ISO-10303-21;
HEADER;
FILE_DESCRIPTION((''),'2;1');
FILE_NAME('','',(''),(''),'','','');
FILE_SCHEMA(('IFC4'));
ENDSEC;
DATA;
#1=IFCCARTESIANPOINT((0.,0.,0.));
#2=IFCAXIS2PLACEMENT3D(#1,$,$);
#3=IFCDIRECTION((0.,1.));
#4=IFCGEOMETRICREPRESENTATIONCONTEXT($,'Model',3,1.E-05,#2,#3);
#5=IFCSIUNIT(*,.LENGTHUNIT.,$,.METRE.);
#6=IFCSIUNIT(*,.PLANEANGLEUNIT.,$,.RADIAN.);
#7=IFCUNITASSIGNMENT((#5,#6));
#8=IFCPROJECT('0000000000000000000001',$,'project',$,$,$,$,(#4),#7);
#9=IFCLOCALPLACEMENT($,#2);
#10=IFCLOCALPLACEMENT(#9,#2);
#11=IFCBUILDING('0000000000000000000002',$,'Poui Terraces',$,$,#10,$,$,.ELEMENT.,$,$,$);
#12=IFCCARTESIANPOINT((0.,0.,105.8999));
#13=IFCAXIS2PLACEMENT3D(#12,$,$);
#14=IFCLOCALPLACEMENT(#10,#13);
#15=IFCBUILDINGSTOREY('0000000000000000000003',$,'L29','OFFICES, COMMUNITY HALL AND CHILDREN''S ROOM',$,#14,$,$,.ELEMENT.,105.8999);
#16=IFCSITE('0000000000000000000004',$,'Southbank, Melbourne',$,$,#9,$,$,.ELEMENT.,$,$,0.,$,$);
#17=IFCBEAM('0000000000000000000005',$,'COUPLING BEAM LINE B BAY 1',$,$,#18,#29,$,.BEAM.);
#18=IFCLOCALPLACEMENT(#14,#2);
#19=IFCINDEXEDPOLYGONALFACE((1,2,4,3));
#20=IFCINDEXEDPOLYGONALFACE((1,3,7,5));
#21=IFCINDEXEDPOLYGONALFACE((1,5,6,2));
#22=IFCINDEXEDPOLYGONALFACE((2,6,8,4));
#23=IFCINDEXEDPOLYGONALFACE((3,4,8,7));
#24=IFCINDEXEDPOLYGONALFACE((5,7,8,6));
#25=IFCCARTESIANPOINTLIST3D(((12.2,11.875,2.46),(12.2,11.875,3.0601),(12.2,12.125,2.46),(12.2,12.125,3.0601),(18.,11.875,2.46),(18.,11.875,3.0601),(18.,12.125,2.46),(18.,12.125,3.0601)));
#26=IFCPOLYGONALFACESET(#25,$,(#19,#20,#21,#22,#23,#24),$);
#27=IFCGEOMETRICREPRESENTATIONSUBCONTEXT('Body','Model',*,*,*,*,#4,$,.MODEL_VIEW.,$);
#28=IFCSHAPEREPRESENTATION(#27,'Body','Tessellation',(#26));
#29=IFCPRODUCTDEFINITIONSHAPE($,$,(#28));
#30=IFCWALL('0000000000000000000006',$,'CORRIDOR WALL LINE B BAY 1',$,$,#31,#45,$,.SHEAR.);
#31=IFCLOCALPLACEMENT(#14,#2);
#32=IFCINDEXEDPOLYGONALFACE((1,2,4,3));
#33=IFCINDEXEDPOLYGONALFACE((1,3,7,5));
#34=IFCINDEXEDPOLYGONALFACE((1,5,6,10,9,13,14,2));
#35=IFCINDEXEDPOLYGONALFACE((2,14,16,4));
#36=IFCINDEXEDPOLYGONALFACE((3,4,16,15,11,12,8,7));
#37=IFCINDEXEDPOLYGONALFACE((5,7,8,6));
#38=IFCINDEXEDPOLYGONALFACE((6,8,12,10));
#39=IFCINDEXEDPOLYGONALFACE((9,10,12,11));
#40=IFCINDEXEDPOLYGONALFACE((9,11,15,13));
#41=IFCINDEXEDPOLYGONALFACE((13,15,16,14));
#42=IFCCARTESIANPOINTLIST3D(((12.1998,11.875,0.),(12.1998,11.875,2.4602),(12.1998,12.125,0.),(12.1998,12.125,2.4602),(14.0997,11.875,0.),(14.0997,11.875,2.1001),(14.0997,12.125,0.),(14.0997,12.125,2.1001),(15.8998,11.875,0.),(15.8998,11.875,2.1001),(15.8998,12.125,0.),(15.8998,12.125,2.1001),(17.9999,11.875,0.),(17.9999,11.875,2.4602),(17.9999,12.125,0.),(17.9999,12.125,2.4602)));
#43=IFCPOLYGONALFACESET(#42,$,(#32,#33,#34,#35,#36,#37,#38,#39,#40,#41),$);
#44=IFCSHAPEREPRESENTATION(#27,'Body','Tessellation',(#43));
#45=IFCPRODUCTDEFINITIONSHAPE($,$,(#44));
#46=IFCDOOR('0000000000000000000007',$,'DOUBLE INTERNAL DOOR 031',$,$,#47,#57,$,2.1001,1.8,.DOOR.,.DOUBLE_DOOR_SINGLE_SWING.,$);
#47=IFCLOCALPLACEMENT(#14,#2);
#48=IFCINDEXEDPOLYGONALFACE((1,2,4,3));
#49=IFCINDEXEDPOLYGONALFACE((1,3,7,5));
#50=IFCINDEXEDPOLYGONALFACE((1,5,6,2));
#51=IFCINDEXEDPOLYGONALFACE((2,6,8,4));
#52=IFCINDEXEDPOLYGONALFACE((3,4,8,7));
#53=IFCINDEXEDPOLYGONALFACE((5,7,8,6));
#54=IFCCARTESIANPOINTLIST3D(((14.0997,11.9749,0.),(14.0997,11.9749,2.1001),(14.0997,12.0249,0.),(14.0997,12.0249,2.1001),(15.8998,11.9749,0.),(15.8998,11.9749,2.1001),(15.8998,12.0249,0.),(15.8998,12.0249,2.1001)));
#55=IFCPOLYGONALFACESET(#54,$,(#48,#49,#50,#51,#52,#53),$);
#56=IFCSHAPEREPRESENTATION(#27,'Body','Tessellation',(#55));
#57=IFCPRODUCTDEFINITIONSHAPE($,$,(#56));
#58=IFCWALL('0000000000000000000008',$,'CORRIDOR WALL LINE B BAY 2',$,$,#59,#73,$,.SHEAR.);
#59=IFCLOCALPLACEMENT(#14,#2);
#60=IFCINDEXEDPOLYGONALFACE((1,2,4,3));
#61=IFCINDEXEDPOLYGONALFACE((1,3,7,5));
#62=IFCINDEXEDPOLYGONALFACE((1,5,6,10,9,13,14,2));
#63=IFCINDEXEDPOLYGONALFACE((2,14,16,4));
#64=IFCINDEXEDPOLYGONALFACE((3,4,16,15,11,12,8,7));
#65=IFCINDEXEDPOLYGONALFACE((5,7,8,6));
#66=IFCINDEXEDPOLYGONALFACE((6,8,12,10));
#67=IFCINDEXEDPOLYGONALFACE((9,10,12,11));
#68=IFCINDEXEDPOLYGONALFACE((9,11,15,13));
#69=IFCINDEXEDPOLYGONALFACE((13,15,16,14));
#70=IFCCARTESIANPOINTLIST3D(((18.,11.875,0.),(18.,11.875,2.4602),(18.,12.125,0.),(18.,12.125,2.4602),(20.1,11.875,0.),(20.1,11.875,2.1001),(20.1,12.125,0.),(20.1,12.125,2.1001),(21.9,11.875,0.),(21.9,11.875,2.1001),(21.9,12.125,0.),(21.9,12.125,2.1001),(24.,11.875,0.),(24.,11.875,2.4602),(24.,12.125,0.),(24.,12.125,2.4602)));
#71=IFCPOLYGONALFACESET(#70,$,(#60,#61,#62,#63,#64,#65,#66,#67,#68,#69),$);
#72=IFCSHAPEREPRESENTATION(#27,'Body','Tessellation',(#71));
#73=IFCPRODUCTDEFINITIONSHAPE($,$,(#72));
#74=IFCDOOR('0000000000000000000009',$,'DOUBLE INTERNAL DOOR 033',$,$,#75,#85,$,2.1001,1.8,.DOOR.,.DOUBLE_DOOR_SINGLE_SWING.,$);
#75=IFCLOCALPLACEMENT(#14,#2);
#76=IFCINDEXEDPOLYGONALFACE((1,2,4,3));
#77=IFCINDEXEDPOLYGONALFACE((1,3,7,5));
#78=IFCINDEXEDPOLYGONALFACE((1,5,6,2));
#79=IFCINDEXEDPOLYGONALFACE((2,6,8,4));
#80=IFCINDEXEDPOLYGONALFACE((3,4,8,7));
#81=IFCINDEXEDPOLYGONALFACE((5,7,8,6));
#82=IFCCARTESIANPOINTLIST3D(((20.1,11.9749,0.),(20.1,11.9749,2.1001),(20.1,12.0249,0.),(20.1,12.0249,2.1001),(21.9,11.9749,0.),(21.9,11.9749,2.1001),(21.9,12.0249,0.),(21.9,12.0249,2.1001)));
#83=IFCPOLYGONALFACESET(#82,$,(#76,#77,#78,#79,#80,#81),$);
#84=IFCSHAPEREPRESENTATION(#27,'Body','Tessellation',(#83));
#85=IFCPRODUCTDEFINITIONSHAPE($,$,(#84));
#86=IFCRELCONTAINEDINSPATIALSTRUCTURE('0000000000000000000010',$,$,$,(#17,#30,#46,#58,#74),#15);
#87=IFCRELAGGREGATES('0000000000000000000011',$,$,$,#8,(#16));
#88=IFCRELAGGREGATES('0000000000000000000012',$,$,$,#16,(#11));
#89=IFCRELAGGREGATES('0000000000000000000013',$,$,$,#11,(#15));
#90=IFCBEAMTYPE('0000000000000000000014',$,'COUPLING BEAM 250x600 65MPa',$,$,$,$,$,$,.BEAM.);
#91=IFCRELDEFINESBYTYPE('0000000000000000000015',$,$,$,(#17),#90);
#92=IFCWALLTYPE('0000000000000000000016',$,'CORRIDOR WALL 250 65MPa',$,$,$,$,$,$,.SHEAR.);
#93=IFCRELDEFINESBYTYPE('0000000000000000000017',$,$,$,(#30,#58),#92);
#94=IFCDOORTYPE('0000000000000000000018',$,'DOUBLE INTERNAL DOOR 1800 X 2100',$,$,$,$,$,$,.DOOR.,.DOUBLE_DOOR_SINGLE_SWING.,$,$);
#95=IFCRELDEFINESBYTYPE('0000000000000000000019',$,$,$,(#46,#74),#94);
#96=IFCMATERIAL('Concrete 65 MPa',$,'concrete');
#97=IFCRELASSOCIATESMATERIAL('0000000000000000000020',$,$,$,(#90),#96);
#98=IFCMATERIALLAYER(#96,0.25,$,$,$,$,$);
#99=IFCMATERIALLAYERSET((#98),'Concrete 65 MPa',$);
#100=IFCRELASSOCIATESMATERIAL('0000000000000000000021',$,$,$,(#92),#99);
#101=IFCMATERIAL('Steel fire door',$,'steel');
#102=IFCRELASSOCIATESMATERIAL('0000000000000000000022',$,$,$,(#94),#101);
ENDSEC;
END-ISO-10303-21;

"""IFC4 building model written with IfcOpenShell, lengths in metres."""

from ifc_helpers import new_model, si_unit, direction, frame, frame_2d, origin, origin_2d, place, context, subcontext, project, spatial, rectangle, extrude, source, transform, mapped, material, layer, layer_set, material_profile, profile_set, type_object, element, fill, save


model = new_model("IFC4")

# Units and contexts
model_context = context("Model", 3, precision=1e-05, world=origin(), true_north=direction((0.0, 1.0)))
body_context = subcontext(model_context, "Body", "Model", "MODEL_VIEW")
ifc_project = project(units=[si_unit("LENGTHUNIT", "METRE"), si_unit("PLANEANGLEUNIT", "RADIAN")], contexts=[model_context])

# Site, building, storey
site_placement = place(None, origin())
site = spatial("IfcSite", under=ifc_project, at=site_placement, Name="Southbank, Melbourne", CompositionType="ELEMENT", RefElevation=0.0)
building_placement = place(site_placement, origin())
building = spatial("IfcBuilding", under=site, at=building_placement, Name="Poui Terraces", CompositionType="ELEMENT")
storey_placement = place(building_placement, frame((0.0, 0.0, 105.8999)))
storey = spatial("IfcBuildingStorey", under=building, at=storey_placement, Name="L29", Description="OFFICES, COMMUNITY HALL AND CHILDREN'S ROOM", CompositionType="ELEMENT", Elevation=105.8999)

# Beam
ifc_material_1 = material(Name="Concrete 65 MPa", Category="concrete")
ifc_material_profile = material_profile(ifc_material_1, rectangle(XDim=0.25, YDim=0.6001, at=origin_2d()), Name="RC 250x600")
ifc_profile_set = profile_set([ifc_material_profile], Name="Concrete 65 MPa")
beam_type = type_object("IfcBeamType", Name="COUPLING BEAM 250x600 65MPa", PredefinedType="BEAM", material=ifc_profile_set)
shared_shape = source(origin(), body_context, "Body", "SweptSolid", [
    extrude(rectangle(XDim=0.25, YDim=0.6001, at=origin_2d()), origin(), (0.0, 0.0, 1.0), 5.8),
])
beam_placement = place(storey_placement, frame((12.2, 12.0, 2.76), z_axis=(1.0, 0.0, 0.0), x_axis=(0.0, 1.0, 0.0)))
element("IfcBeam", 1, at=beam_placement, inside=storey, type_object=beam_type, Name="COUPLING BEAM LINE B BAY 1", PredefinedType="BEAM", context=body_context, shape_type="MappedRepresentation", body=[
    mapped(shared_shape, transform((0.0, 0.0, 0.0))),
])

# Walls, openings, doors
ifc_layer_1 = layer(ifc_material_1, 0.25)
ifc_layer_set_1 = layer_set([ifc_layer_1], Name="Concrete 65 MPa")
wall_type_1 = type_object("IfcWallType", Name="CORRIDOR WALL 250 65MPa", PredefinedType="SHEAR", material=ifc_layer_set_1)
wall_1_placement = place(storey_placement, frame((12.2, 12.0, 0.0), z_axis=(0.0, 0.0, 1.0), x_axis=(1.0, 0.0, 0.0)))
wall_1 = element("IfcWall", 2, at=wall_1_placement, inside=storey, type_object=wall_type_1, Name="CORRIDOR WALL LINE B BAY 1", PredefinedType="SHEAR", context=body_context, shape_type="SweptSolid", body=[
    extrude(rectangle(XDim=5.8, YDim=0.25, at=frame_2d((2.8999, 0.0))), origin(), (0.0, 0.0, 1.0), 2.4602),
])
opening_1_placement = place(wall_1_placement, frame((1.8999, 0.0, 0.0)))
opening_1 = element("IfcOpeningElement", 3, at=opening_1_placement, cuts=wall_1, PredefinedType="OPENING", context=body_context, shape_type="SweptSolid", body=[
    extrude(rectangle(XDim=1.8, YDim=2.1001, at=frame_2d((0.8999, 1.05))), frame((0.0, 0.135, 0.0), z_axis=(0.0, -1.0, 0.0), x_axis=(1.0, 0.0, 0.0)), (0.0, 0.0, 1.0), 0.27),
])
ifc_material_2 = material(Name="Steel fire door", Category="steel")
door_type_1 = type_object("IfcDoorType", Name="DOUBLE INTERNAL DOOR 1800 X 2100", OperationType="DOUBLE_DOOR_SINGLE_SWING", PredefinedType="DOOR", material=ifc_material_2)
door_1_placement = place(opening_1_placement, origin())
door_1 = element("IfcDoor", 4, at=door_1_placement, inside=storey, type_object=door_type_1, Name="DOUBLE INTERNAL DOOR 031", OperationType="DOUBLE_DOOR_SINGLE_SWING", OverallHeight=2.1001, OverallWidth=1.8, PredefinedType="DOOR", context=body_context, shape_type="SweptSolid", body=[
    extrude(rectangle(XDim=1.8, YDim=2.1001, at=frame_2d((0.8999, 1.05))), frame((0.0, 0.0249, 0.0), z_axis=(0.0, -1.0, 0.0), x_axis=(1.0, 0.0, 0.0)), (0.0, 0.0, 1.0), 0.05),
])
fill(opening_1, door_1)
wall_2_placement = place(storey_placement, frame((18.0, 12.0, 0.0), z_axis=(0.0, 0.0, 1.0), x_axis=(1.0, 0.0, 0.0)))
wall_2 = element("IfcWall", 5, at=wall_2_placement, inside=storey, type_object=wall_type_1, Name="CORRIDOR WALL LINE B BAY 2", PredefinedType="SHEAR", context=body_context, shape_type="SweptSolid", body=[
    extrude(rectangle(XDim=6.0, YDim=0.25, at=frame_2d((3.0, 0.0))), origin(), (0.0, 0.0, 1.0), 2.4602),
])
opening_2_placement = place(wall_2_placement, frame((2.1001, 0.0, 0.0)))
opening_2 = element("IfcOpeningElement", 6, at=opening_2_placement, cuts=wall_2, PredefinedType="OPENING", context=body_context, shape_type="SweptSolid", body=[
    extrude(rectangle(XDim=1.8, YDim=2.1001, at=frame_2d((0.8999, 1.05))), frame((0.0, 0.135, 0.0), z_axis=(0.0, -1.0, 0.0), x_axis=(1.0, 0.0, 0.0)), (0.0, 0.0, 1.0), 0.27),
])
door_2_placement = place(opening_2_placement, origin())
door_2 = element("IfcDoor", 7, at=door_2_placement, inside=storey, type_object=door_type_1, Name="DOUBLE INTERNAL DOOR 033", OperationType="DOUBLE_DOOR_SINGLE_SWING", OverallHeight=2.1001, OverallWidth=1.8, PredefinedType="DOOR", context=body_context, shape_type="SweptSolid", body=[
    extrude(rectangle(XDim=1.8, YDim=2.1001, at=frame_2d((0.8999, 1.05))), frame((0.0, 0.0249, 0.0), z_axis=(0.0, -1.0, 0.0), x_axis=(1.0, 0.0, 0.0)), (0.0, 0.0, 1.0), 0.05),
])
fill(opening_2, door_2)

save(model, "model.ifc")
